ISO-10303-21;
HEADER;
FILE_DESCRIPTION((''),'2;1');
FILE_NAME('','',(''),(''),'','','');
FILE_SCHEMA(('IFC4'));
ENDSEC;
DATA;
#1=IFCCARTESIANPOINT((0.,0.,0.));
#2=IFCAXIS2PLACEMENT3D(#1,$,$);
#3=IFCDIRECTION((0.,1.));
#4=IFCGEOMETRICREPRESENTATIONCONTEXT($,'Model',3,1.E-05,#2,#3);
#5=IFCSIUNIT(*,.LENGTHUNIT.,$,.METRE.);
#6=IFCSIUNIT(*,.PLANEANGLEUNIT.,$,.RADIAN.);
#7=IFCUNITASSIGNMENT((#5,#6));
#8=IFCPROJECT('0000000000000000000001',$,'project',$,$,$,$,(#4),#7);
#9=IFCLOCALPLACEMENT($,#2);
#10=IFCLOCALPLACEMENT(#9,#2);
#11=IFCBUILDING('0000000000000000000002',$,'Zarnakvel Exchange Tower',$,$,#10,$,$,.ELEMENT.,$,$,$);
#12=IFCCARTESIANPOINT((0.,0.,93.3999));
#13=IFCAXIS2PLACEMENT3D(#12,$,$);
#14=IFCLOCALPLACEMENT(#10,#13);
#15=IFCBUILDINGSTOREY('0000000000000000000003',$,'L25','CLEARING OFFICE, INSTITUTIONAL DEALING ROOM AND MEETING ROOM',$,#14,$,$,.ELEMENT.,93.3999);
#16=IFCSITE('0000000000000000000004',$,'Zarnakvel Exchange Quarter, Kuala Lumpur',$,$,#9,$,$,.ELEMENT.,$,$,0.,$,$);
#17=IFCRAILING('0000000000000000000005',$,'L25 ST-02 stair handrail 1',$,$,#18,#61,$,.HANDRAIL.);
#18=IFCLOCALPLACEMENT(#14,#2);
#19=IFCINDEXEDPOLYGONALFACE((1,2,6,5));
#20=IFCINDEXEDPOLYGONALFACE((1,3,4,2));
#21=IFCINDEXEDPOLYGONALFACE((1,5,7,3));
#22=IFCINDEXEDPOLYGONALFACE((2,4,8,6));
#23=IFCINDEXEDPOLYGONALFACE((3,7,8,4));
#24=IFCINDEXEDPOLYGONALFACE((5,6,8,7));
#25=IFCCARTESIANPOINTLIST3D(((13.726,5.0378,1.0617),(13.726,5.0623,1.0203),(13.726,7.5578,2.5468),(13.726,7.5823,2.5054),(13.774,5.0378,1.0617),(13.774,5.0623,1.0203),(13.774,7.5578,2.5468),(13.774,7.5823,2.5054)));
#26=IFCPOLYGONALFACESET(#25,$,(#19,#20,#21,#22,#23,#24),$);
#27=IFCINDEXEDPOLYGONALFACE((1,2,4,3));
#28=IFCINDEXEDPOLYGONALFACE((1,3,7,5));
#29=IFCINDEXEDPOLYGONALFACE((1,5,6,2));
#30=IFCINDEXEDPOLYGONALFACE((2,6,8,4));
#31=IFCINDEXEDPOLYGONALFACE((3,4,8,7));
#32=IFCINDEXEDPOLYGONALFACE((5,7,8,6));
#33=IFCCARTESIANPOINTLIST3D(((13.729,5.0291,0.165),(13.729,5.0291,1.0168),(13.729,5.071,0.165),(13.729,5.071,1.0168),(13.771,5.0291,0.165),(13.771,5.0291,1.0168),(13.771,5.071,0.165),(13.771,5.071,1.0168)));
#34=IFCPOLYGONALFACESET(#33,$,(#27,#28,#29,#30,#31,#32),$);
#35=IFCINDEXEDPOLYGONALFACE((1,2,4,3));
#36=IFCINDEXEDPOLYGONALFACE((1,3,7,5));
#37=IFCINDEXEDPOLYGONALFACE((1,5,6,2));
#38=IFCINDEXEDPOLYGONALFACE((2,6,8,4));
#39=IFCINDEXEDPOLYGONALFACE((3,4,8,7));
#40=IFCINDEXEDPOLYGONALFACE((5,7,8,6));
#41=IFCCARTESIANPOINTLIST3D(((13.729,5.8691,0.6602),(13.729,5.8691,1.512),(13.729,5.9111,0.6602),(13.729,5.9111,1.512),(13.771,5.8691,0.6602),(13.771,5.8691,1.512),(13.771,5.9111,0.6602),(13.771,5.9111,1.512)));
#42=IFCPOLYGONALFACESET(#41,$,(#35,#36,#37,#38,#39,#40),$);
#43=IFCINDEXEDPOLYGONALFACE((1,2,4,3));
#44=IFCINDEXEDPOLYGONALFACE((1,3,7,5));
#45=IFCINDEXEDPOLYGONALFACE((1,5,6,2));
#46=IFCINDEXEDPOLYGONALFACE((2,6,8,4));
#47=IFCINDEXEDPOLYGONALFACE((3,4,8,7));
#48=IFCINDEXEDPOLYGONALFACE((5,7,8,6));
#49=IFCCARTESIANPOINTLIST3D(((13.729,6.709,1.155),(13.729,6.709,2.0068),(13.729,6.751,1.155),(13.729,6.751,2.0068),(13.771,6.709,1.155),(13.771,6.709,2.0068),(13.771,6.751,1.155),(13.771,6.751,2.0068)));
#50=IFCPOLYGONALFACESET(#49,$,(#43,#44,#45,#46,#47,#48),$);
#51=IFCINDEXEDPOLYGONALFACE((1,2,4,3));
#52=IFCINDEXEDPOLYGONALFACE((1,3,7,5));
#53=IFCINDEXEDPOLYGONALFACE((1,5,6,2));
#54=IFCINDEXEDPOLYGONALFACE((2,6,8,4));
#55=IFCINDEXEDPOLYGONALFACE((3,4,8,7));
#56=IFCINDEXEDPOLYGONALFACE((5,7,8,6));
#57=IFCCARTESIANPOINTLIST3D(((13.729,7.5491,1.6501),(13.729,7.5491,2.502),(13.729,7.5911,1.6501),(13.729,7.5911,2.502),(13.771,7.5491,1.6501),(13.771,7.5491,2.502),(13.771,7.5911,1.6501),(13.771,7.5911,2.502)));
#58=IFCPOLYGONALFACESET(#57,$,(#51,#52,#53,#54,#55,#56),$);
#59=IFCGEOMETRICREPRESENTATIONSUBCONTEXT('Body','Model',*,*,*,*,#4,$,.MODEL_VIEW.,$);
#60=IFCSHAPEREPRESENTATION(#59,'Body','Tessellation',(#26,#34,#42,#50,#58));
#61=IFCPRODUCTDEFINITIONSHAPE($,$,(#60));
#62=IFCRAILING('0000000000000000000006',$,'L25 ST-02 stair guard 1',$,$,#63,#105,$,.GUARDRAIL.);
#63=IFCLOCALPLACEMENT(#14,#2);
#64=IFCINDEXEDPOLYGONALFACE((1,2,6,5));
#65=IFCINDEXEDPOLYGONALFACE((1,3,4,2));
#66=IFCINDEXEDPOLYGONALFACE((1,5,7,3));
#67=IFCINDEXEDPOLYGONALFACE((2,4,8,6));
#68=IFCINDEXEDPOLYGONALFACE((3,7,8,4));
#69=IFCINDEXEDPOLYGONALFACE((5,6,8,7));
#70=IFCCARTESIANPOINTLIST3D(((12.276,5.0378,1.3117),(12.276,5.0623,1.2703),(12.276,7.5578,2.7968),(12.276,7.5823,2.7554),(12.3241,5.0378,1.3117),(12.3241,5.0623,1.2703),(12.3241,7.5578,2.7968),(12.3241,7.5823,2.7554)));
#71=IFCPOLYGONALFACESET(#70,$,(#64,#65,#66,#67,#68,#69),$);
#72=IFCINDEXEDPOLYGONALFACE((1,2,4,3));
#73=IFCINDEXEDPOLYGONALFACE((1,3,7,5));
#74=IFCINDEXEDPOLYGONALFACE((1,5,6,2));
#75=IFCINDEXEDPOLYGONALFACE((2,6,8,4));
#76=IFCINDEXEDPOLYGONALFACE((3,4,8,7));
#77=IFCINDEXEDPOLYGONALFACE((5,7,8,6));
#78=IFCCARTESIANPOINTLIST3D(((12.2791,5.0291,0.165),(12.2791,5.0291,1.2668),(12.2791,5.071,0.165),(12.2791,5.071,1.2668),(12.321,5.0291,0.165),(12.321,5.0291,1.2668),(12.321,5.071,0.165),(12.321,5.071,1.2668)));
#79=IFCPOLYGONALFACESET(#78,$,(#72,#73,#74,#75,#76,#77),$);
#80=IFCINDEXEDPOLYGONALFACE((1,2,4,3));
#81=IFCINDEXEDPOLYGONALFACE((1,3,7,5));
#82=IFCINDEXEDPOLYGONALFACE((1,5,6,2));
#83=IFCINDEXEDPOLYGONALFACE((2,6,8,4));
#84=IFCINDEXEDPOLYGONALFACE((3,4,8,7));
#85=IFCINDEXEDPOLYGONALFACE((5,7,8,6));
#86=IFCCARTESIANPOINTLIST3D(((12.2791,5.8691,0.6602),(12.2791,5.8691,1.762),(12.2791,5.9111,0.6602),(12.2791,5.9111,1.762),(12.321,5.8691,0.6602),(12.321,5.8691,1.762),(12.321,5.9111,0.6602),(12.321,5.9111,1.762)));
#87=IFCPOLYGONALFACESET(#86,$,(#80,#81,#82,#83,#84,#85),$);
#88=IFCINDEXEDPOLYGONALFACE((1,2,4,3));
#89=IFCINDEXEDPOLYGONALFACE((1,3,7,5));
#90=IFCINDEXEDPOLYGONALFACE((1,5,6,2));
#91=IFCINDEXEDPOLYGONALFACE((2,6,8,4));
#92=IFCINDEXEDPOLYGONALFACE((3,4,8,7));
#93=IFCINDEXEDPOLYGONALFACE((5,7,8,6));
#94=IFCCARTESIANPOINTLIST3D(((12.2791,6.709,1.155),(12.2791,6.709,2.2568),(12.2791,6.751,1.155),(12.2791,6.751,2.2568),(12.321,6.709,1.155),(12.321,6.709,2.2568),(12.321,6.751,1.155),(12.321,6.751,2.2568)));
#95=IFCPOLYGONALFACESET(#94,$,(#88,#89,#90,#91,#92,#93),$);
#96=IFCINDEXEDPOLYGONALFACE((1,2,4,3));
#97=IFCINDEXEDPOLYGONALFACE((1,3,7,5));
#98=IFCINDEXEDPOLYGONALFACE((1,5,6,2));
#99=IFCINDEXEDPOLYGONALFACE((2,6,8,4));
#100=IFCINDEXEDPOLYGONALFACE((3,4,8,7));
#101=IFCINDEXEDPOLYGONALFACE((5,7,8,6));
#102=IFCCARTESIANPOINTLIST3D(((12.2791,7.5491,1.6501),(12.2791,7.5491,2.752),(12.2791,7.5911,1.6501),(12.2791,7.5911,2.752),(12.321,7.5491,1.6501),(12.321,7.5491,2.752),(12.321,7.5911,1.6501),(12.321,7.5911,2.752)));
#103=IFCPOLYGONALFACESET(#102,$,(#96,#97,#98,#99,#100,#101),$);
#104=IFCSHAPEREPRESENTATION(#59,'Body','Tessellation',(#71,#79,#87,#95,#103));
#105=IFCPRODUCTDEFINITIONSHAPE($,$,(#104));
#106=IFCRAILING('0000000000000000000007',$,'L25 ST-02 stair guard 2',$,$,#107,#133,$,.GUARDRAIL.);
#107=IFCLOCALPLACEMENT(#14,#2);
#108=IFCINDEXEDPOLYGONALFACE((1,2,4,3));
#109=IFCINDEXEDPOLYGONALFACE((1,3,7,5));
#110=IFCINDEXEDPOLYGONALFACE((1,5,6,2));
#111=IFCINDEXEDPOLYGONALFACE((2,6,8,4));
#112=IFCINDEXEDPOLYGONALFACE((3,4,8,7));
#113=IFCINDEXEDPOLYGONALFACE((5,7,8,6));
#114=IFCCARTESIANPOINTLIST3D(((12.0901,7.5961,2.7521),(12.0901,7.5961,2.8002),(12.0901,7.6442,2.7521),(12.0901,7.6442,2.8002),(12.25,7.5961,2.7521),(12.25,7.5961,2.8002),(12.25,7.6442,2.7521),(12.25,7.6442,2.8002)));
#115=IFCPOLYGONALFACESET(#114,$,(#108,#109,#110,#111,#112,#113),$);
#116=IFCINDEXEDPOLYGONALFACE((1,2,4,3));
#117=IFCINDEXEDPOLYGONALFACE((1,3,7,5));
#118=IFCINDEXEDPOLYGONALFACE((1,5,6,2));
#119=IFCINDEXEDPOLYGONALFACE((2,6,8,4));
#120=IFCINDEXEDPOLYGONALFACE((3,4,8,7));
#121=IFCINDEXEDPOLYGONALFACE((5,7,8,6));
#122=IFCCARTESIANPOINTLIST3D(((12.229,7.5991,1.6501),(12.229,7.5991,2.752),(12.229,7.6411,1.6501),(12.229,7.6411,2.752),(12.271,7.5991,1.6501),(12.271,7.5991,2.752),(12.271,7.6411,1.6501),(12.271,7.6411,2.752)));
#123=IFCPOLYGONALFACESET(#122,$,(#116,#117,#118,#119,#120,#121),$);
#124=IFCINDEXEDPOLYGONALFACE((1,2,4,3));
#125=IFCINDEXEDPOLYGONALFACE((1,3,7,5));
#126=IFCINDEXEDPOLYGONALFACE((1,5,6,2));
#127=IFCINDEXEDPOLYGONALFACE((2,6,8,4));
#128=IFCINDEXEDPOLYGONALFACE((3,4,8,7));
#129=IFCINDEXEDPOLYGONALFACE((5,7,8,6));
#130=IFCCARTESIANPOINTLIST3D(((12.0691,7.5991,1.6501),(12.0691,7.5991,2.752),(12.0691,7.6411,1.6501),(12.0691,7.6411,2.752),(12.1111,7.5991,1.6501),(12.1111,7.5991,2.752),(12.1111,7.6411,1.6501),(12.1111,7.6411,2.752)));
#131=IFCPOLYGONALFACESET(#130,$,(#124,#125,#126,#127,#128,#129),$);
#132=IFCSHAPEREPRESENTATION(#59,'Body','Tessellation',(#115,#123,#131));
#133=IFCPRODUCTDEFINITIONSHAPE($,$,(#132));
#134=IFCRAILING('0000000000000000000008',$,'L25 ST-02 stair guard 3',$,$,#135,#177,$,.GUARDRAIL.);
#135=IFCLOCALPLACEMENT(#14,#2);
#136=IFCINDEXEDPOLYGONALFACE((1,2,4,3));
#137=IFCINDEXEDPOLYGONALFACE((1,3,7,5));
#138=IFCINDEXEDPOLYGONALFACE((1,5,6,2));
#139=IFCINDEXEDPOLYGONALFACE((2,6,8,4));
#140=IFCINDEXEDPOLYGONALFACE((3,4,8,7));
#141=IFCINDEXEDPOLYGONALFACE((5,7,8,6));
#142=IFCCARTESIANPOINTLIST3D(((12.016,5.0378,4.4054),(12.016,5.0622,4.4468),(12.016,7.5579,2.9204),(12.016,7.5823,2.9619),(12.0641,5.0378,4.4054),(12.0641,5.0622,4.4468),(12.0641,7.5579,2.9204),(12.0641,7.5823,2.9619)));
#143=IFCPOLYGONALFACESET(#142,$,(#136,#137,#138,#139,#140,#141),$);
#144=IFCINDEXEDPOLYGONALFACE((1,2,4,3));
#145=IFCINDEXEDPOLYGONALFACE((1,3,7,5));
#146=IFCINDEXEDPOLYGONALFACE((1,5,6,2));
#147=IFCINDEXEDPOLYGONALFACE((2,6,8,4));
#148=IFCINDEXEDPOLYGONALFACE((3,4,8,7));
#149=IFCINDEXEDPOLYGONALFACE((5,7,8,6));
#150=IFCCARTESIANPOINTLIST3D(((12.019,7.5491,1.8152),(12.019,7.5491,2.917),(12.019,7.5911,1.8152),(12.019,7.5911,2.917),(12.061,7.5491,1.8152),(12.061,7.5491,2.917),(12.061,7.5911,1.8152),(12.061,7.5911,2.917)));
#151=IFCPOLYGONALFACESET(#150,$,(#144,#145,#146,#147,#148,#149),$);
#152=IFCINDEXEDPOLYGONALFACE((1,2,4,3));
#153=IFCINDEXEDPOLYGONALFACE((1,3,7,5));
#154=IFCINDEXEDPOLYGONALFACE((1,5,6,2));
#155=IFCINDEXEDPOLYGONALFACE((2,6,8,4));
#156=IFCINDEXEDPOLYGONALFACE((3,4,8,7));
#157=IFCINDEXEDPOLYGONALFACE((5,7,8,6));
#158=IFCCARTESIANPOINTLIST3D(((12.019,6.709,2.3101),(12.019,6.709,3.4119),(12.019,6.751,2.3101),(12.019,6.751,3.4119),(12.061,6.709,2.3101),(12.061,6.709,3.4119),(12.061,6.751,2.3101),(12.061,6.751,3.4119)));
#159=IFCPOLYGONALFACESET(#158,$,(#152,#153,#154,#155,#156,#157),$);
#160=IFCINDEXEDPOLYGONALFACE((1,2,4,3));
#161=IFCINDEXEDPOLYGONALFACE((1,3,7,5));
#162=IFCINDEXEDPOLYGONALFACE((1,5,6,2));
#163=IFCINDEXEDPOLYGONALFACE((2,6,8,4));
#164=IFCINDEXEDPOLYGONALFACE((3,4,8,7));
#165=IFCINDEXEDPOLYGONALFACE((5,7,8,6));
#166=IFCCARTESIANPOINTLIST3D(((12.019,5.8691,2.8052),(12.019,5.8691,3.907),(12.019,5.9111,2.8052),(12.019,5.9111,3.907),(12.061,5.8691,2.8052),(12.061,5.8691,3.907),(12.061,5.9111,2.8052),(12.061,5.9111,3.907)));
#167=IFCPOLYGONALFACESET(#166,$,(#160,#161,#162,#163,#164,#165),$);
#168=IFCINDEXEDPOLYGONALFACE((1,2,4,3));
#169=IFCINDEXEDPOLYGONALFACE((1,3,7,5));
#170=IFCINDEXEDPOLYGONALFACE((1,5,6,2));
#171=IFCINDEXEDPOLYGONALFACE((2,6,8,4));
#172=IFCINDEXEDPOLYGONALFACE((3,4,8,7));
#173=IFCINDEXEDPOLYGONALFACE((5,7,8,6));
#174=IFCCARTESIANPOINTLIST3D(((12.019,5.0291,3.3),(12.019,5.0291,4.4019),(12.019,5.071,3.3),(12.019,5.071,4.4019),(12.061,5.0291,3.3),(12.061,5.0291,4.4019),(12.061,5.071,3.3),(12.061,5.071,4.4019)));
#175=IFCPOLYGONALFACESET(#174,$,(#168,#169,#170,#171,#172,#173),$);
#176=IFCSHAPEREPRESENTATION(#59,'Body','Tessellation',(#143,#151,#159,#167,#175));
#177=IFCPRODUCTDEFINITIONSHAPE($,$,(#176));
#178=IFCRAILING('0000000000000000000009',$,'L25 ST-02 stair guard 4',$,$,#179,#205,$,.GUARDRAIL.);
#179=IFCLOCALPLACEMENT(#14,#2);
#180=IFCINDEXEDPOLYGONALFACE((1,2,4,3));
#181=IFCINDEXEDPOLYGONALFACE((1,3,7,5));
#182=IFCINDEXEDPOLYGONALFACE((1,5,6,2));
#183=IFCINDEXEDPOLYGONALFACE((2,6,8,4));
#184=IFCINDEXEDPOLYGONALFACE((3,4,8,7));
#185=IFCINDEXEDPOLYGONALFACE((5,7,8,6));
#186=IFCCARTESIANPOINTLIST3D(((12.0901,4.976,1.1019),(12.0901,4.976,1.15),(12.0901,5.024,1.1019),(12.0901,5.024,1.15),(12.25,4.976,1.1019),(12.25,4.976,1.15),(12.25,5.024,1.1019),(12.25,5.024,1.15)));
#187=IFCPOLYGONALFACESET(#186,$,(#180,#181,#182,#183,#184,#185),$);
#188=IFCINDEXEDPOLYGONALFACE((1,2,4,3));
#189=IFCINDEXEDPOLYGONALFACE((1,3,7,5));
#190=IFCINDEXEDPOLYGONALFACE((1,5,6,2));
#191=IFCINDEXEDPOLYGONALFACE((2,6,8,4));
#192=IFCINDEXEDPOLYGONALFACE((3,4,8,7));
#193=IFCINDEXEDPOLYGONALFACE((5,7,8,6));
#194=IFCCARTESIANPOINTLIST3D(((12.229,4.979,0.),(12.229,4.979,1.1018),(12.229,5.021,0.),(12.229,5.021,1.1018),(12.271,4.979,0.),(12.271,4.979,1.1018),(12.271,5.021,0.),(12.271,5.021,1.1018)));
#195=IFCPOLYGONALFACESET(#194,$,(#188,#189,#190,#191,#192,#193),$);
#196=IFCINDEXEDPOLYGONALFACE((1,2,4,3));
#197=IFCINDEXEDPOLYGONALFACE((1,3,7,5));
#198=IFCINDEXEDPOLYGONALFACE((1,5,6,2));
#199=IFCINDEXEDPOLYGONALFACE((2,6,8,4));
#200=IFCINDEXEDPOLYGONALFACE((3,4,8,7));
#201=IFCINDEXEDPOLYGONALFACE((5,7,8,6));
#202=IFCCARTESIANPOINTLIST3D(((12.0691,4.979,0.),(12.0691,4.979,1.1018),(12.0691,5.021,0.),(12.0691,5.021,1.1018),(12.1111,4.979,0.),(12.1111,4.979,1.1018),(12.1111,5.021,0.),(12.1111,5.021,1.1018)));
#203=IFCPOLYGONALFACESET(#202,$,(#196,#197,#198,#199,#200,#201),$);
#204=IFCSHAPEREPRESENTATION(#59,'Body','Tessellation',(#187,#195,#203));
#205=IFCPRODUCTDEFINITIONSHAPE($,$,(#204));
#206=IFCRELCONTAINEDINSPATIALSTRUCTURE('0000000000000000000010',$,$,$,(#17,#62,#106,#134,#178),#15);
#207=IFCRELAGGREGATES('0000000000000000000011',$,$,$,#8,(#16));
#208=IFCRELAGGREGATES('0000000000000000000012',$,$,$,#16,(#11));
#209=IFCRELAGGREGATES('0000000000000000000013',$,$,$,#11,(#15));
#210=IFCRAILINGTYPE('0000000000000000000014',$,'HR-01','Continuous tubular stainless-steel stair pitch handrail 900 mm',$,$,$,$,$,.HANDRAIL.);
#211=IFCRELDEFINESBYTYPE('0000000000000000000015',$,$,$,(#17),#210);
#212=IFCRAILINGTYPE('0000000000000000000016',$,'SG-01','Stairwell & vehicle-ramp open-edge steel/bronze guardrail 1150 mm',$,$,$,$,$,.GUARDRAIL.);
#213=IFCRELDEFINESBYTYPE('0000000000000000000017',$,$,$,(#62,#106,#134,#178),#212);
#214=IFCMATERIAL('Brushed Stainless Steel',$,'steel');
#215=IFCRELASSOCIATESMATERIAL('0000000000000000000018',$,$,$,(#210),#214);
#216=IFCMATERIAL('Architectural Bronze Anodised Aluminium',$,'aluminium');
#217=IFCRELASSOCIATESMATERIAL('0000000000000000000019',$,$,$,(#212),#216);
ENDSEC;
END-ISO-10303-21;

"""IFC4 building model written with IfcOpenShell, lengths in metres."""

from ifc_helpers import new_model, si_unit, direction, frame, origin, origin_2d, place, context, subcontext, project, spatial, rectangle, extrude, material, type_object, element, save


model = new_model("IFC4")

# Units and contexts
model_context = context("Model", 3, precision=1e-05, world=origin(), true_north=direction((0.0, 1.0)))
body_context = subcontext(model_context, "Body", "Model", "MODEL_VIEW")
ifc_project = project(units=[si_unit("LENGTHUNIT", "METRE"), si_unit("PLANEANGLEUNIT", "RADIAN")], contexts=[model_context])

# Site, building, storey
site_placement = place(None, origin())
site = spatial("IfcSite", under=ifc_project, at=site_placement, Name="Zarnakvel Exchange Quarter, Kuala Lumpur", CompositionType="ELEMENT", RefElevation=0.0)
building_placement = place(site_placement, origin())
building = spatial("IfcBuilding", under=site, at=building_placement, Name="Zarnakvel Exchange Tower", CompositionType="ELEMENT")
storey_placement = place(building_placement, frame((0.0, 0.0, 93.3999)))
storey = spatial("IfcBuildingStorey", under=building, at=storey_placement, Name="L25", Description="CLEARING OFFICE, INSTITUTIONAL DEALING ROOM AND MEETING ROOM", CompositionType="ELEMENT", Elevation=93.3999)

# Shared definitions
ifc_material_1 = material(Name="Architectural Bronze Anodised Aluminium", Category="aluminium")

# Railings
ifc_material_2 = material(Name="Brushed Stainless Steel", Category="steel")
railing_type_1 = type_object("IfcRailingType", Name="HR-01", Description="Continuous tubular stainless-steel stair pitch handrail 900 mm", PredefinedType="HANDRAIL", material=ifc_material_2)
railing_1_placement = place(storey_placement, frame((13.75, 5.05, 0.165)))
element("IfcRailing", 1, at=railing_1_placement, inside=storey, type_object=railing_type_1, Name="L25 ST-02 stair handrail 1", PredefinedType="HANDRAIL", context=body_context, shape_type="SweptSolid", body=[
    extrude(rectangle(XDim=0.0481, YDim=0.0481, at=origin_2d()), frame((0.0, 0.0, 0.876), z_axis=(0.0, 0.861524, 0.507717), x_axis=(-1.0, 0.0, 0.0)), (0.0, 0.0, 1.0), 2.925),
    extrude(rectangle(XDim=0.042, YDim=0.042, at=origin_2d()), origin(), (0.0, 0.0, 1.0), 0.8518),
    extrude(rectangle(XDim=0.042, YDim=0.042, at=origin_2d()), frame((0.0, 0.8401, 0.4951)), (0.0, 0.0, 1.0), 0.8518),
    extrude(rectangle(XDim=0.042, YDim=0.042, at=origin_2d()), frame((0.0, 1.6799, 0.99)), (0.0, 0.0, 1.0), 0.8518),
    extrude(rectangle(XDim=0.042, YDim=0.042, at=origin_2d()), frame((0.0, 2.52, 1.4851)), (0.0, 0.0, 1.0), 0.8518),
])
railing_type_2 = type_object("IfcRailingType", Name="SG-01", Description="Stairwell & vehicle-ramp open-edge steel/bronze guardrail 1150 mm", PredefinedType="GUARDRAIL", material=ifc_material_1)
railing_2_placement = place(storey_placement, frame((12.3, 5.05, 0.165)))
element("IfcRailing", 2, at=railing_2_placement, inside=storey, type_object=railing_type_2, Name="L25 ST-02 stair guard 1", PredefinedType="GUARDRAIL", context=body_context, shape_type="SweptSolid", body=[
    extrude(rectangle(XDim=0.0481, YDim=0.0481, at=origin_2d()), frame((0.0, 0.0, 1.126), z_axis=(0.0, 0.861524, 0.507717), x_axis=(-1.0, 0.0, 0.0)), (0.0, 0.0, 1.0), 2.925),
    extrude(rectangle(XDim=0.042, YDim=0.042, at=origin_2d()), origin(), (0.0, 0.0, 1.0), 1.1018),
    extrude(rectangle(XDim=0.042, YDim=0.042, at=origin_2d()), frame((0.0, 0.8401, 0.4951)), (0.0, 0.0, 1.0), 1.1018),
    extrude(rectangle(XDim=0.042, YDim=0.042, at=origin_2d()), frame((0.0, 1.6799, 0.99)), (0.0, 0.0, 1.0), 1.1018),
    extrude(rectangle(XDim=0.042, YDim=0.042, at=origin_2d()), frame((0.0, 2.52, 1.4851)), (0.0, 0.0, 1.0), 1.1018),
])
railing_3_placement = place(storey_placement, frame((12.25, 7.6201, 1.6501)))
element("IfcRailing", 3, at=railing_3_placement, inside=storey, type_object=railing_type_2, Name="L25 ST-02 stair guard 2", PredefinedType="GUARDRAIL", context=body_context, shape_type="SweptSolid", body=[
    extrude(rectangle(XDim=0.0481, YDim=0.0481, at=origin_2d()), frame((0.0, 0.0, 1.126), z_axis=(-1.0, 0.0, 0.0), x_axis=(0.0, -1.0, 0.0)), (0.0, 0.0, 1.0), 0.1599),
    extrude(rectangle(XDim=0.042, YDim=0.042, at=origin_2d()), origin(), (0.0, 0.0, 1.0), 1.1018),
    extrude(rectangle(XDim=0.042, YDim=0.042, at=origin_2d()), frame((-0.1599, 0.0, 0.0)), (0.0, 0.0, 1.0), 1.1018),
])
railing_4_placement = place(storey_placement, frame((12.04, 7.5701, 1.8152)))
element("IfcRailing", 4, at=railing_4_placement, inside=storey, type_object=railing_type_2, Name="L25 ST-02 stair guard 3", PredefinedType="GUARDRAIL", context=body_context, shape_type="SweptSolid", body=[
    extrude(rectangle(XDim=0.0481, YDim=0.0481, at=origin_2d()), frame((0.0, 0.0, 1.126), z_axis=(0.0, -0.861561, 0.507655), x_axis=(1.0, 0.0, 0.0)), (0.0, 0.0, 1.0), 2.925),
    extrude(rectangle(XDim=0.042, YDim=0.042, at=origin_2d()), origin(), (0.0, 0.0, 1.0), 1.1018),
    extrude(rectangle(XDim=0.042, YDim=0.042, at=origin_2d()), frame((0.0, -0.8401, 0.4949)), (0.0, 0.0, 1.0), 1.1018),
    extrude(rectangle(XDim=0.042, YDim=0.042, at=origin_2d()), frame((0.0, -1.6799, 0.99)), (0.0, 0.0, 1.0), 1.1018),
    extrude(rectangle(XDim=0.042, YDim=0.042, at=origin_2d()), frame((0.0, -2.52, 1.4849)), (0.0, 0.0, 1.0), 1.1018),
])
railing_5_placement = place(storey_placement, frame((12.25, 5.0, 0.0)))
element("IfcRailing", 5, at=railing_5_placement, inside=storey, type_object=railing_type_2, Name="L25 ST-02 stair guard 4", PredefinedType="GUARDRAIL", context=body_context, shape_type="SweptSolid", body=[
    extrude(rectangle(XDim=0.0481, YDim=0.0481, at=origin_2d()), frame((0.0, 0.0, 1.126), z_axis=(-1.0, 0.0, 0.0), x_axis=(0.0, -1.0, 0.0)), (0.0, 0.0, 1.0), 0.1599),
    extrude(rectangle(XDim=0.042, YDim=0.042, at=origin_2d()), origin(), (0.0, 0.0, 1.0), 1.1018),
    extrude(rectangle(XDim=0.042, YDim=0.042, at=origin_2d()), frame((-0.1599, 0.0, 0.0)), (0.0, 0.0, 1.0), 1.1018),
])

save(model, "model.ifc")
